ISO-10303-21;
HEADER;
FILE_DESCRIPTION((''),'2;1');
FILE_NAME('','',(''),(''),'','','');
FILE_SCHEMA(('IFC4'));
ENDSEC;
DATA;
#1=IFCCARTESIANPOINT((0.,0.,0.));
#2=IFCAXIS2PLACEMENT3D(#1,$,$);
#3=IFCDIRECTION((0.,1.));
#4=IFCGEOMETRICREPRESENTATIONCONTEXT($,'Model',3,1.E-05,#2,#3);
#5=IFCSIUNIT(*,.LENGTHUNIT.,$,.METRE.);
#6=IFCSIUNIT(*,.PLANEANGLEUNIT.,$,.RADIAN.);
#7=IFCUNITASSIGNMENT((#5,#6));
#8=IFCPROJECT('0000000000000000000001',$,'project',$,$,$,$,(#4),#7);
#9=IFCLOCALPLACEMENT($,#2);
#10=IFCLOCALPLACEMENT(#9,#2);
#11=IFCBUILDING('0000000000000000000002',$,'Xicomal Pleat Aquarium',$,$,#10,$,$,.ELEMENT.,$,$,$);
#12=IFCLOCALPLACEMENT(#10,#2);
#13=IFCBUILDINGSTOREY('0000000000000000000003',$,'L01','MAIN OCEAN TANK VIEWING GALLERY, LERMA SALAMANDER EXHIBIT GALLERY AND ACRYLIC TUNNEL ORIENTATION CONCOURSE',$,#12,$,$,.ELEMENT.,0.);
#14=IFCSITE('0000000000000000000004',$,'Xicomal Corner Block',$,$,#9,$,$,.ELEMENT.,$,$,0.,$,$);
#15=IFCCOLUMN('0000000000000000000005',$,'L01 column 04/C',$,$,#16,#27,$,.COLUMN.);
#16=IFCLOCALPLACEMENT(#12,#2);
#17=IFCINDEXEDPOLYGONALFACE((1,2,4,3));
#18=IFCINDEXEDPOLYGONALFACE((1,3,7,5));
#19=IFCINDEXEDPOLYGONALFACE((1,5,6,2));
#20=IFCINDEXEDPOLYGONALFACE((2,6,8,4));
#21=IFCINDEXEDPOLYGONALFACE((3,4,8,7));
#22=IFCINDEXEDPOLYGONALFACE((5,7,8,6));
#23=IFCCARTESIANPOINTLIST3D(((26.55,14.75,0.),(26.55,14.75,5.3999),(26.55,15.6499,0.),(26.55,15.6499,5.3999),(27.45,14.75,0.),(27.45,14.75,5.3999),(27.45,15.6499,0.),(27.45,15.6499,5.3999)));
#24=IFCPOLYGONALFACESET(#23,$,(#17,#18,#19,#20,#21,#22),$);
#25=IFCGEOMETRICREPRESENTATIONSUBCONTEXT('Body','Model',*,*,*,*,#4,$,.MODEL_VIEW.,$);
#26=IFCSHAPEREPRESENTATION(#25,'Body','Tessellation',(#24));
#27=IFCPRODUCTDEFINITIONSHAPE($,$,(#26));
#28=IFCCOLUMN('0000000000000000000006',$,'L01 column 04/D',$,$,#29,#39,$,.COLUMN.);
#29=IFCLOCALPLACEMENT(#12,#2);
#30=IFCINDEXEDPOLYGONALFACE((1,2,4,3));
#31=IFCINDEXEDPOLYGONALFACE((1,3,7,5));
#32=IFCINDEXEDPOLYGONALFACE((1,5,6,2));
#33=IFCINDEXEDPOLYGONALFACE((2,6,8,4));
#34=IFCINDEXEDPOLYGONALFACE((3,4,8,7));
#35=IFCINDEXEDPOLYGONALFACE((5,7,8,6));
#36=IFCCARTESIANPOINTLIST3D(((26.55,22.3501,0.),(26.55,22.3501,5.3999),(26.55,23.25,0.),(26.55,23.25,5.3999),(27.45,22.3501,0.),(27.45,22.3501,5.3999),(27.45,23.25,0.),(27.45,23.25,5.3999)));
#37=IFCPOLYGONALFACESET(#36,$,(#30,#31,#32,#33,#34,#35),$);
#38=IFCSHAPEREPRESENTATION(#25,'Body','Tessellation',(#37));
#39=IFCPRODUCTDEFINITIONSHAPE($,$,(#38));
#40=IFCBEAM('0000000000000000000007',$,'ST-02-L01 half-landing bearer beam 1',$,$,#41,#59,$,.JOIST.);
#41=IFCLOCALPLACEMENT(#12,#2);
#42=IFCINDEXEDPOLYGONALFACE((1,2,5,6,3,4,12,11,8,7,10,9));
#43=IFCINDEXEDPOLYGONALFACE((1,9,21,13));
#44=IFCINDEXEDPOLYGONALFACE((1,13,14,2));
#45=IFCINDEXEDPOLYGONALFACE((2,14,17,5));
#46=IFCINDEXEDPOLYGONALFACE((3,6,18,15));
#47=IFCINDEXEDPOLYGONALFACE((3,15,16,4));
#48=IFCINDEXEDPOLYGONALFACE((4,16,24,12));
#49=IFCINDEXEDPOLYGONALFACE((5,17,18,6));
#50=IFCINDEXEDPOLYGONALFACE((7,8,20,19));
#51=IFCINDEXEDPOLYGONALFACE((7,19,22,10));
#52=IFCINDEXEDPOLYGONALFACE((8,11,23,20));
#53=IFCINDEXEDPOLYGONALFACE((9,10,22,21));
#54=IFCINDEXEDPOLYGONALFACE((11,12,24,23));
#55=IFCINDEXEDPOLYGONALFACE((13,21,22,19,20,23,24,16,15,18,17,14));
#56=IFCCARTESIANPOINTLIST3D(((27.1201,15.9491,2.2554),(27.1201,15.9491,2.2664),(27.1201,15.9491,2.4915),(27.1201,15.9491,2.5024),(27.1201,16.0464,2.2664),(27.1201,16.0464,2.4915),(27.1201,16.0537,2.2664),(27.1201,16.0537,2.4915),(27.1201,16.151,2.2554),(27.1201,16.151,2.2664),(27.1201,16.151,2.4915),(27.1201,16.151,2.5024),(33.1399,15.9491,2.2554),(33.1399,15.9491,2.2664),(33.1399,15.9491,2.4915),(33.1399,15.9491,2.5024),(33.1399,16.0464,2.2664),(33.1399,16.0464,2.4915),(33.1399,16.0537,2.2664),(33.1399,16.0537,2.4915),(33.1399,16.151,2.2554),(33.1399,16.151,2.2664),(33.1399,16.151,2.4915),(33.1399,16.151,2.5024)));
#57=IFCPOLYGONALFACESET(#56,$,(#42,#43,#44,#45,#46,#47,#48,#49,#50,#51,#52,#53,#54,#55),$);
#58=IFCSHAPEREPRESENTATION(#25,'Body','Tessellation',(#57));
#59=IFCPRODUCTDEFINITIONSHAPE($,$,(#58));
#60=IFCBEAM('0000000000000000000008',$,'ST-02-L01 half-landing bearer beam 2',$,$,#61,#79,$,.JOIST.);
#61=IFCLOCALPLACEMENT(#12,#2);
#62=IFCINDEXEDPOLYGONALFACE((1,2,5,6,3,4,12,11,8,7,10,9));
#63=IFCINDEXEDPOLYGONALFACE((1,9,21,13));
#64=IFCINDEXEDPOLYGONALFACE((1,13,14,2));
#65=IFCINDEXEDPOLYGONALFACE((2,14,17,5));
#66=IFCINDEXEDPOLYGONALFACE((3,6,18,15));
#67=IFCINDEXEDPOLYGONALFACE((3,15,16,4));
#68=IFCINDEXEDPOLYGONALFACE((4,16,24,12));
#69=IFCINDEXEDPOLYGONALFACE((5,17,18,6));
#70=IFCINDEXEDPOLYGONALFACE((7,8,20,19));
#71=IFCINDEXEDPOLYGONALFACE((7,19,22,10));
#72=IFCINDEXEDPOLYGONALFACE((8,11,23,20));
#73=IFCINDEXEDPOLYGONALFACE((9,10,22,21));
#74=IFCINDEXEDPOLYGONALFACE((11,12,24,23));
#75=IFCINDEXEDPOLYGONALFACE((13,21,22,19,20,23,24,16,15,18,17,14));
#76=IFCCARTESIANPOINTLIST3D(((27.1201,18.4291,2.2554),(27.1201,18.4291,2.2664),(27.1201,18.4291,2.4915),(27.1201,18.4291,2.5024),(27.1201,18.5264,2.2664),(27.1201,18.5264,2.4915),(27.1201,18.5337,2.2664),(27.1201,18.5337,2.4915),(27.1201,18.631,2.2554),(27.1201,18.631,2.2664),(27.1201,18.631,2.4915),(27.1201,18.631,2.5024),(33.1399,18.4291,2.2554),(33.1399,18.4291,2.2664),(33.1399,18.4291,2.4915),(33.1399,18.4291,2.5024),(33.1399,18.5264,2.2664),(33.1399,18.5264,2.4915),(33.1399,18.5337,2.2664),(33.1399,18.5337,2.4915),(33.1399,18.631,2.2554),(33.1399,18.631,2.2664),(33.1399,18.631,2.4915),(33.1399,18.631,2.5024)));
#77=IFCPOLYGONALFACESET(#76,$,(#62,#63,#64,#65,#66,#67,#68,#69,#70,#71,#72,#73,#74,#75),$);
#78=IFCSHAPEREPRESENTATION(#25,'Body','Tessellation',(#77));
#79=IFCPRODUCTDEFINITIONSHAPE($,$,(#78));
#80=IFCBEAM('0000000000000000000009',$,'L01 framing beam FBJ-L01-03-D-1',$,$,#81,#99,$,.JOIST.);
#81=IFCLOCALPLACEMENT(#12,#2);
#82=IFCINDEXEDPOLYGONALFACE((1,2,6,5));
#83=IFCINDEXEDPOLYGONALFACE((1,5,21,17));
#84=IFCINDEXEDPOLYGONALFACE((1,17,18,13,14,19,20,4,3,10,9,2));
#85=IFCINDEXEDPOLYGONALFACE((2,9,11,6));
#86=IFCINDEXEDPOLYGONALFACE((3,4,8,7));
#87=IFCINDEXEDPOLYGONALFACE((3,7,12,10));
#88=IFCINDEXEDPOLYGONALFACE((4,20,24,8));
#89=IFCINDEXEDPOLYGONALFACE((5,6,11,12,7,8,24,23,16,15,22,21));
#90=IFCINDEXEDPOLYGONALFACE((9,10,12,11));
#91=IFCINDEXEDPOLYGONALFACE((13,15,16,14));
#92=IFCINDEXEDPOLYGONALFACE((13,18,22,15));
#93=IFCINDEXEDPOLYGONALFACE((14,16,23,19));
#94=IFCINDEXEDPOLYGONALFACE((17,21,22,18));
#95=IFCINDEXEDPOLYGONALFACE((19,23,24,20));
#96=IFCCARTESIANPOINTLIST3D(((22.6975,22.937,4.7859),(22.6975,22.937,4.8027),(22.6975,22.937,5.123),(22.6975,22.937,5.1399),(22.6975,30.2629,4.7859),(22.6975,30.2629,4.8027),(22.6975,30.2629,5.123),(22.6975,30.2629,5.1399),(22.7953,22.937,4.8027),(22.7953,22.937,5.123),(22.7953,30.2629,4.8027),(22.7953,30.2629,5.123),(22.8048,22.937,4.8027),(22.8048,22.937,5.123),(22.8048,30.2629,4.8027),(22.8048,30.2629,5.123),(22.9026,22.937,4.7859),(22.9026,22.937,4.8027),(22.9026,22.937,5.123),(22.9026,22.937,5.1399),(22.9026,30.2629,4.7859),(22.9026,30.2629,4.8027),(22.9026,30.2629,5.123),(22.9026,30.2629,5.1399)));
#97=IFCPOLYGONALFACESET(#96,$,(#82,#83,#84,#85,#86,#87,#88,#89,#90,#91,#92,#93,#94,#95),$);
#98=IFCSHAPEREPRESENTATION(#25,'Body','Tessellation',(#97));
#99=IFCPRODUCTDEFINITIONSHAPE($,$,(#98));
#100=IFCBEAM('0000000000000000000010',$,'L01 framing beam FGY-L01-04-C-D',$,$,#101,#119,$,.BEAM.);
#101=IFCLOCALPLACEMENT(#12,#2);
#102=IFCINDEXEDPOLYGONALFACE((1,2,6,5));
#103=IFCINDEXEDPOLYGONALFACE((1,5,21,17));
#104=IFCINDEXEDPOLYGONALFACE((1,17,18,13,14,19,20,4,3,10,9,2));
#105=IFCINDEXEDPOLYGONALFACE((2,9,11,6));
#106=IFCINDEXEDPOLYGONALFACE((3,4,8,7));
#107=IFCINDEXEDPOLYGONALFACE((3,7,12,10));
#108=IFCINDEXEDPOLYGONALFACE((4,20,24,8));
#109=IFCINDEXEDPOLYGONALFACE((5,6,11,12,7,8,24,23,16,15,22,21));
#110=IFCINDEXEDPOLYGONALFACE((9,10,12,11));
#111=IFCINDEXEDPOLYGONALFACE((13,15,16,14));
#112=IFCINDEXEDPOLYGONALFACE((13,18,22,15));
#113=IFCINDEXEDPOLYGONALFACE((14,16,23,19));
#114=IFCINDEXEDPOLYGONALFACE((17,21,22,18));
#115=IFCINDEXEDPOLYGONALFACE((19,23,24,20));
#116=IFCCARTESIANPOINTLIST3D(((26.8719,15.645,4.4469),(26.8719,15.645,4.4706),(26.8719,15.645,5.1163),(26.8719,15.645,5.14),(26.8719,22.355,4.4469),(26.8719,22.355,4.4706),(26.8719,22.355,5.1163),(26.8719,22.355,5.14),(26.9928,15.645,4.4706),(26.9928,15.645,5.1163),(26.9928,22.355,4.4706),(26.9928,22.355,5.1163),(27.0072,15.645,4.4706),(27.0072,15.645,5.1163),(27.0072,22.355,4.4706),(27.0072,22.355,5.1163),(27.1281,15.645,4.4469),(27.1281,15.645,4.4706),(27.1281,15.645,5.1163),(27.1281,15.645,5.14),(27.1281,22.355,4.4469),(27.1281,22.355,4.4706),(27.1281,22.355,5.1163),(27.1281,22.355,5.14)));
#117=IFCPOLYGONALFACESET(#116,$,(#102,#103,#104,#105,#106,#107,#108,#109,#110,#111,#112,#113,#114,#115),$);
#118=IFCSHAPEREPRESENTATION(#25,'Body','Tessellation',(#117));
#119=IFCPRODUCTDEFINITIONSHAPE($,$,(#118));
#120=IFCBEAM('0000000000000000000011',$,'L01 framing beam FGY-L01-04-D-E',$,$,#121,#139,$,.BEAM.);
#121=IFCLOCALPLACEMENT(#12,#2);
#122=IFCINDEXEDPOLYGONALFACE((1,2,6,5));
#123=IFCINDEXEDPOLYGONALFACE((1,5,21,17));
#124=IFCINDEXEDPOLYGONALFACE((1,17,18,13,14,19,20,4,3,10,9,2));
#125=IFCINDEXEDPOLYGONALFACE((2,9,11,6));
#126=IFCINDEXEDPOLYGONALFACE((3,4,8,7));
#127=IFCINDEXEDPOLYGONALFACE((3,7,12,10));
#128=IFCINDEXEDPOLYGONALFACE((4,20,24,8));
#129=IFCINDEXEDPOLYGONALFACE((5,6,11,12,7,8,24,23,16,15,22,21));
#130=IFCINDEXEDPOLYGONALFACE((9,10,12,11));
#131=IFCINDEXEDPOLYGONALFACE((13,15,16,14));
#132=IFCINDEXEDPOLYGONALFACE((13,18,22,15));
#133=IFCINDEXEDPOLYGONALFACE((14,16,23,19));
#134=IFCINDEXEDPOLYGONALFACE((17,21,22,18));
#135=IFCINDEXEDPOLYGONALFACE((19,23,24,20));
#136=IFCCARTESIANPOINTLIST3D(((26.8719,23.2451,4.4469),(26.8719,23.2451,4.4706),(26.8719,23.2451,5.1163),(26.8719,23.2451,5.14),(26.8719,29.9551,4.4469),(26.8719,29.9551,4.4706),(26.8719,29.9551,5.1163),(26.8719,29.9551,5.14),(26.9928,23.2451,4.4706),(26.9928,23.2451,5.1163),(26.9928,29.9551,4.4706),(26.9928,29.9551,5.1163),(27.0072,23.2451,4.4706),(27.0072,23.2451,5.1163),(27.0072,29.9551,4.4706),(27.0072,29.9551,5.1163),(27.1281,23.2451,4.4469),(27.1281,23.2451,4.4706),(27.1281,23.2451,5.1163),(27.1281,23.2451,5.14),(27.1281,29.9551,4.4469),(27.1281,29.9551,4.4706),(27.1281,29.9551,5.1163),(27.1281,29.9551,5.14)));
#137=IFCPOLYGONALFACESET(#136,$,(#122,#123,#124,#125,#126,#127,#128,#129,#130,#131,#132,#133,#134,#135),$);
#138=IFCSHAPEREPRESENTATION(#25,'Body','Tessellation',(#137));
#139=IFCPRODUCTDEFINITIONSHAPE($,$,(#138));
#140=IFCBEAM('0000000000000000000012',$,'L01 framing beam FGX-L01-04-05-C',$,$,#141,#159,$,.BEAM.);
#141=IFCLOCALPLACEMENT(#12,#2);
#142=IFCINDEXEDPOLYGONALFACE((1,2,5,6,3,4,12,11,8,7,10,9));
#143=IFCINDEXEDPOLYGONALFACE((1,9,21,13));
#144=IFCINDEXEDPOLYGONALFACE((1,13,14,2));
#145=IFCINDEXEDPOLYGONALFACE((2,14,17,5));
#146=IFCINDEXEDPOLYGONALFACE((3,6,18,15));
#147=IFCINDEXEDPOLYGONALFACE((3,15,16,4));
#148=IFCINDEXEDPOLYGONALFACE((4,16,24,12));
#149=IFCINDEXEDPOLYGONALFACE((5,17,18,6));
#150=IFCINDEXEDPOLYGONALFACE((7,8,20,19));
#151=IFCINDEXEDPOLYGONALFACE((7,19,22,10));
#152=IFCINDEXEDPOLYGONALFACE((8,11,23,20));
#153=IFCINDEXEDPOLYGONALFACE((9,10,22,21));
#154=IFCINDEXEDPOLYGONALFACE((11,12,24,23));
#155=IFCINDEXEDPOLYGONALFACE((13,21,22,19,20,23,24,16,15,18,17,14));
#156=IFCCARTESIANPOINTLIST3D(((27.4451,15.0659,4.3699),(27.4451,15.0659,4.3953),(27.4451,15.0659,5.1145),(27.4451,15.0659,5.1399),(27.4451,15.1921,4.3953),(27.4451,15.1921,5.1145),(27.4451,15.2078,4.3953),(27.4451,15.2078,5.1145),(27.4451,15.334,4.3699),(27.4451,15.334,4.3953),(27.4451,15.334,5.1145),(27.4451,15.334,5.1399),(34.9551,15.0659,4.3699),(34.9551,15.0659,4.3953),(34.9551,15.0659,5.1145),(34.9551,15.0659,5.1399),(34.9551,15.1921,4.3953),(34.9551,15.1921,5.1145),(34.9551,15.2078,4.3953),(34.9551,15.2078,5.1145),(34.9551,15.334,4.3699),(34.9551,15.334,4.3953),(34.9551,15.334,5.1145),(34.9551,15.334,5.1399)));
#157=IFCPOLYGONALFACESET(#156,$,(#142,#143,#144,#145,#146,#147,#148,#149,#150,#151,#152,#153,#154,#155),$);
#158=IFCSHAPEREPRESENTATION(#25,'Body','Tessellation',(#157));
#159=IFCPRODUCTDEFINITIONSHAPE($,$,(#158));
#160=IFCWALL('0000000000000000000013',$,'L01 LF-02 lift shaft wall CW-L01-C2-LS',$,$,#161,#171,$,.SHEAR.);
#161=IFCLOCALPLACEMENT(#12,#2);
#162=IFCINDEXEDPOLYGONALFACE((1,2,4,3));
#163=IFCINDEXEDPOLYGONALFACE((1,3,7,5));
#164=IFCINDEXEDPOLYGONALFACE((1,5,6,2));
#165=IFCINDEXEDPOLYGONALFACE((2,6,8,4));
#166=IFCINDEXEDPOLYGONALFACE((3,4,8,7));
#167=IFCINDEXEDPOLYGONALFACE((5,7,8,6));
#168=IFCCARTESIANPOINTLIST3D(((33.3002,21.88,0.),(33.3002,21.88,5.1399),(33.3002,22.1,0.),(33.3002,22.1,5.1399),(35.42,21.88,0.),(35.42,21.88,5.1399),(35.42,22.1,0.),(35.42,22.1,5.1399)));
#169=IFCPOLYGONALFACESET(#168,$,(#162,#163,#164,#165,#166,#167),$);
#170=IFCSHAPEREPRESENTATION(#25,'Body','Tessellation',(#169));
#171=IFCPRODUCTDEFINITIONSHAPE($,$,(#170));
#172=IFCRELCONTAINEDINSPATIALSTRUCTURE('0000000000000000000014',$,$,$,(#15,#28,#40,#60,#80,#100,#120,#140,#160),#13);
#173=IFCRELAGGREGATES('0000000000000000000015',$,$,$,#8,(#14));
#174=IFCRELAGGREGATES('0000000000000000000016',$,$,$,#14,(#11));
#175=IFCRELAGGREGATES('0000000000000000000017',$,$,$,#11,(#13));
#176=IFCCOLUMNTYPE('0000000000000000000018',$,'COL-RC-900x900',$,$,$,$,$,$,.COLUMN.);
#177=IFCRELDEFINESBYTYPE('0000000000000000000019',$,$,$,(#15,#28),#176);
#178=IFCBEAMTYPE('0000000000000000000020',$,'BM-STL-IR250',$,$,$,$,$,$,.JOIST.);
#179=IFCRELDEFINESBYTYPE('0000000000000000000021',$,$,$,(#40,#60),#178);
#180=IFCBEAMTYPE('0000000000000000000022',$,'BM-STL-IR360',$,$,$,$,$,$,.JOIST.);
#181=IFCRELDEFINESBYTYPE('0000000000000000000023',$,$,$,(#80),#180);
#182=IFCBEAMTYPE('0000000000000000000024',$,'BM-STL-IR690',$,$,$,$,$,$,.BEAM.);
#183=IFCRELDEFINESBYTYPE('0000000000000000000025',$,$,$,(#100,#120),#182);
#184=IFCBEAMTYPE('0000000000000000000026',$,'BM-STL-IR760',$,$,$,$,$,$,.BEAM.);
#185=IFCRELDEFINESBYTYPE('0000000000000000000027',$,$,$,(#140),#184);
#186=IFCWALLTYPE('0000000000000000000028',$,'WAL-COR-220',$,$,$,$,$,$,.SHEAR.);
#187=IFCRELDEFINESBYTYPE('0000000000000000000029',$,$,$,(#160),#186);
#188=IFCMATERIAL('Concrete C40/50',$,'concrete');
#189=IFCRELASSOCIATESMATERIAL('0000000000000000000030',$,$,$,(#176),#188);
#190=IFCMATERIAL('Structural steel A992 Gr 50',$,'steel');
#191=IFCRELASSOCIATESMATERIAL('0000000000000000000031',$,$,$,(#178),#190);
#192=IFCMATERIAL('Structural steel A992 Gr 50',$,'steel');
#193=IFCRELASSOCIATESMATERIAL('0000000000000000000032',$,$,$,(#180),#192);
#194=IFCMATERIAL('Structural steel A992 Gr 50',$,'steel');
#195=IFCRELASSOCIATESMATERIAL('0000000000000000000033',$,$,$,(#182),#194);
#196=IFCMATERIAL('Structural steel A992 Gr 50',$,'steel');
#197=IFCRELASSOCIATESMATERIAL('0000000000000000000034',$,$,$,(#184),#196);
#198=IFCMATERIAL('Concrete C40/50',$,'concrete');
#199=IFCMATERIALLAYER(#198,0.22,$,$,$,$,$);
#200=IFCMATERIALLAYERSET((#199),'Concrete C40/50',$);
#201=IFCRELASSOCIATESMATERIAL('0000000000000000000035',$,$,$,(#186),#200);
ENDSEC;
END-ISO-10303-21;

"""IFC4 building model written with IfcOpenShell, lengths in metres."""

from ifc_helpers import new_model, si_unit, direction, frame, frame_2d, origin, origin_2d, place, context, subcontext, project, spatial, rectangle, i_section, extrude, material, layer, layer_set, material_profile, profile_set, type_object, element, save


model = new_model("IFC4")

# Units and contexts
model_context = context("Model", 3, precision=1e-05, world=origin(), true_north=direction((0.0, 1.0)))
body_context = subcontext(model_context, "Body", "Model", "MODEL_VIEW")
ifc_project = project(units=[si_unit("LENGTHUNIT", "METRE"), si_unit("PLANEANGLEUNIT", "RADIAN")], contexts=[model_context])

# Site, building, storey
site_placement = place(None, origin())
site = spatial("IfcSite", under=ifc_project, at=site_placement, Name="Xicomal Corner Block", CompositionType="ELEMENT", RefElevation=0.0)
building_placement = place(site_placement, origin())
building = spatial("IfcBuilding", under=site, at=building_placement, Name="Xicomal Pleat Aquarium", CompositionType="ELEMENT")
storey_placement = place(building_placement, origin())
storey = spatial("IfcBuildingStorey", under=building, at=storey_placement, Name="L01", Description="MAIN OCEAN TANK VIEWING GALLERY, LERMA SALAMANDER EXHIBIT GALLERY AND ACRYLIC TUNNEL ORIENTATION CONCOURSE", CompositionType="ELEMENT", Elevation=0.0)

# Columns
ifc_material_1 = material(Name="Concrete C40/50", Category="concrete")
ifc_material_profile_1 = material_profile(ifc_material_1, rectangle(XDim=0.8999, YDim=0.8999, at=origin_2d()), Name="RC 900x900")
ifc_profile_set_1 = profile_set([ifc_material_profile_1], Name="Concrete C40/50")
column_type = type_object("IfcColumnType", Name="COL-RC-900x900", PredefinedType="COLUMN", material=ifc_profile_set_1)
for number, where, z_axis, x_axis, name in (
    (1, (27.0, 15.2, 0.0), (0.0, 0.0, 1.0), (1.0, 0.0, 0.0), "L01 column 04/C"),
    (2, (27.0, 22.8, 0.0), (0.0, 0.0, 1.0), (1.0, 0.0, 0.0), "L01 column 04/D"),
):
    element("IfcColumn", number, at=place(storey_placement, frame(where, z_axis=z_axis, x_axis=x_axis)), inside=storey, type_object=column_type, Name=name, PredefinedType="COLUMN", context=body_context, shape_type="SweptSolid", body=[
        extrude(rectangle(XDim=0.8999, YDim=0.8999, at=origin_2d()), origin(), (0.0, 0.0, 1.0), 5.3999),
    ])

# Beams
ifc_material_2 = material(Name="Structural steel A992 Gr 50", Category="steel")
ifc_material_profile_2 = material_profile(ifc_material_2, i_section(OverallWidth=0.2019, OverallDepth=0.2471, WebThickness=0.0073, FlangeThickness=0.011, at=origin_2d()), Name="IR 250x49")
ifc_profile_set_2 = profile_set([ifc_material_profile_2], Name="Structural steel A992 Gr 50")
beam_type_1 = type_object("IfcBeamType", Name="BM-STL-IR250", PredefinedType="JOIST", material=ifc_profile_set_2)
for number, where, z_axis, x_axis, name in (
    (3, (27.1201, 16.05, 2.3789), (1.0, 0.0, 0.0), (0.0, 1.0, 0.0), "ST-02-L01 half-landing bearer beam 1"),
    (4, (27.1201, 18.53, 2.3789), (1.0, 0.0, 0.0), (0.0, 1.0, 0.0), "ST-02-L01 half-landing bearer beam 2"),
):
    element("IfcBeam", number, at=place(storey_placement, frame(where, z_axis=z_axis, x_axis=x_axis)), inside=storey, type_object=beam_type_1, Name=name, PredefinedType="JOIST", context=body_context, shape_type="SweptSolid", body=[
        extrude(i_section(OverallWidth=0.2019, OverallDepth=0.2471, WebThickness=0.0073, FlangeThickness=0.011, at=origin_2d()), origin(), (0.0, 0.0, 1.0), 6.0198),
    ])
ifc_material_3 = material(Name="Structural steel A992 Gr 50", Category="steel")
ifc_material_profile_3 = material_profile(ifc_material_3, i_section(OverallWidth=0.2051, OverallDepth=0.354, WebThickness=0.0095, FlangeThickness=0.0168, at=origin_2d()), Name="IR 360x79")
ifc_profile_set_3 = profile_set([ifc_material_profile_3], Name="Structural steel A992 Gr 50")
beam_type_2 = type_object("IfcBeamType", Name="BM-STL-IR360", PredefinedType="JOIST", material=ifc_profile_set_3)
beam_1_placement = place(storey_placement, frame((22.8, 22.937, 4.9629), z_axis=(0.0, 1.0, 0.0), x_axis=(-1.0, 0.0, 0.0)))
element("IfcBeam", 5, at=beam_1_placement, inside=storey, type_object=beam_type_2, Name="L01 framing beam FBJ-L01-03-D-1", PredefinedType="JOIST", context=body_context, shape_type="SweptSolid", body=[
    extrude(i_section(OverallWidth=0.2051, OverallDepth=0.354, WebThickness=0.0095, FlangeThickness=0.0168, at=origin_2d()), origin(), (0.0, 0.0, 1.0), 7.3259),
])
ifc_material_4 = material(Name="Structural steel A992 Gr 50", Category="steel")
ifc_material_profile_4 = material_profile(ifc_material_4, i_section(OverallWidth=0.2561, OverallDepth=0.6931, WebThickness=0.0144, FlangeThickness=0.0237, at=origin_2d()), Name="IR 690x170")
ifc_profile_set_4 = profile_set([ifc_material_profile_4], Name="Structural steel A992 Gr 50")
beam_type_3 = type_object("IfcBeamType", Name="BM-STL-IR690", PredefinedType="BEAM", material=ifc_profile_set_4)
for number, where, z_axis, x_axis, name in (
    (6, (27.0, 15.645, 4.7935), (0.0, 1.0, 0.0), (-1.0, 0.0, 0.0), "L01 framing beam FGY-L01-04-C-D"),
    (7, (27.0, 23.2451, 4.7935), (0.0, 1.0, 0.0), (-1.0, 0.0, 0.0), "L01 framing beam FGY-L01-04-D-E"),
):
    element("IfcBeam", number, at=place(storey_placement, frame(where, z_axis=z_axis, x_axis=x_axis)), inside=storey, type_object=beam_type_3, Name=name, PredefinedType="BEAM", context=body_context, shape_type="SweptSolid", body=[
        extrude(i_section(OverallWidth=0.2561, OverallDepth=0.6931, WebThickness=0.0144, FlangeThickness=0.0237, at=origin_2d()), origin(), (0.0, 0.0, 1.0), 6.71),
    ])
ifc_material_5 = material(Name="Structural steel A992 Gr 50", Category="steel")
ifc_material_profile_5 = material_profile(ifc_material_5, i_section(OverallWidth=0.2681, OverallDepth=0.77, WebThickness=0.0156, FlangeThickness=0.0254, at=origin_2d()), Name="IR 760x196")
ifc_profile_set_5 = profile_set([ifc_material_profile_5], Name="Structural steel A992 Gr 50")
beam_type_4 = type_object("IfcBeamType", Name="BM-STL-IR760", PredefinedType="BEAM", material=ifc_profile_set_5)
beam_2_placement = place(storey_placement, frame((27.4451, 15.2, 4.7549), z_axis=(1.0, 0.0, 0.0), x_axis=(0.0, 1.0, 0.0)))
element("IfcBeam", 8, at=beam_2_placement, inside=storey, type_object=beam_type_4, Name="L01 framing beam FGX-L01-04-05-C", PredefinedType="BEAM", context=body_context, shape_type="SweptSolid", body=[
    extrude(i_section(OverallWidth=0.2681, OverallDepth=0.77, WebThickness=0.0156, FlangeThickness=0.0254, at=origin_2d()), origin(), (0.0, 0.0, 1.0), 7.51),
])

# Wall
ifc_material_6 = material(Name="Concrete C40/50", Category="concrete")
ifc_layer_1 = layer(ifc_material_6, 0.22)
ifc_layer_set_1 = layer_set([ifc_layer_1], Name="Concrete C40/50")
wall_type_1 = type_object("IfcWallType", Name="WAL-COR-220", PredefinedType="SHEAR", material=ifc_layer_set_1)
wall_1_placement = place(storey_placement, frame((33.3, 21.99, 0.0), z_axis=(0.0, 0.0, 1.0), x_axis=(1.0, 0.0, 0.0)))
element("IfcWall", 9, at=wall_1_placement, inside=storey, type_object=wall_type_1, Name="L01 LF-02 lift shaft wall CW-L01-C2-LS", PredefinedType="SHEAR", context=body_context, shape_type="SweptSolid", body=[
    extrude(rectangle(XDim=2.1199, YDim=0.22, at=frame_2d((1.0601, 0.0))), origin(), (0.0, 0.0, 1.0), 5.1399),
])

save(model, "model.ifc")
